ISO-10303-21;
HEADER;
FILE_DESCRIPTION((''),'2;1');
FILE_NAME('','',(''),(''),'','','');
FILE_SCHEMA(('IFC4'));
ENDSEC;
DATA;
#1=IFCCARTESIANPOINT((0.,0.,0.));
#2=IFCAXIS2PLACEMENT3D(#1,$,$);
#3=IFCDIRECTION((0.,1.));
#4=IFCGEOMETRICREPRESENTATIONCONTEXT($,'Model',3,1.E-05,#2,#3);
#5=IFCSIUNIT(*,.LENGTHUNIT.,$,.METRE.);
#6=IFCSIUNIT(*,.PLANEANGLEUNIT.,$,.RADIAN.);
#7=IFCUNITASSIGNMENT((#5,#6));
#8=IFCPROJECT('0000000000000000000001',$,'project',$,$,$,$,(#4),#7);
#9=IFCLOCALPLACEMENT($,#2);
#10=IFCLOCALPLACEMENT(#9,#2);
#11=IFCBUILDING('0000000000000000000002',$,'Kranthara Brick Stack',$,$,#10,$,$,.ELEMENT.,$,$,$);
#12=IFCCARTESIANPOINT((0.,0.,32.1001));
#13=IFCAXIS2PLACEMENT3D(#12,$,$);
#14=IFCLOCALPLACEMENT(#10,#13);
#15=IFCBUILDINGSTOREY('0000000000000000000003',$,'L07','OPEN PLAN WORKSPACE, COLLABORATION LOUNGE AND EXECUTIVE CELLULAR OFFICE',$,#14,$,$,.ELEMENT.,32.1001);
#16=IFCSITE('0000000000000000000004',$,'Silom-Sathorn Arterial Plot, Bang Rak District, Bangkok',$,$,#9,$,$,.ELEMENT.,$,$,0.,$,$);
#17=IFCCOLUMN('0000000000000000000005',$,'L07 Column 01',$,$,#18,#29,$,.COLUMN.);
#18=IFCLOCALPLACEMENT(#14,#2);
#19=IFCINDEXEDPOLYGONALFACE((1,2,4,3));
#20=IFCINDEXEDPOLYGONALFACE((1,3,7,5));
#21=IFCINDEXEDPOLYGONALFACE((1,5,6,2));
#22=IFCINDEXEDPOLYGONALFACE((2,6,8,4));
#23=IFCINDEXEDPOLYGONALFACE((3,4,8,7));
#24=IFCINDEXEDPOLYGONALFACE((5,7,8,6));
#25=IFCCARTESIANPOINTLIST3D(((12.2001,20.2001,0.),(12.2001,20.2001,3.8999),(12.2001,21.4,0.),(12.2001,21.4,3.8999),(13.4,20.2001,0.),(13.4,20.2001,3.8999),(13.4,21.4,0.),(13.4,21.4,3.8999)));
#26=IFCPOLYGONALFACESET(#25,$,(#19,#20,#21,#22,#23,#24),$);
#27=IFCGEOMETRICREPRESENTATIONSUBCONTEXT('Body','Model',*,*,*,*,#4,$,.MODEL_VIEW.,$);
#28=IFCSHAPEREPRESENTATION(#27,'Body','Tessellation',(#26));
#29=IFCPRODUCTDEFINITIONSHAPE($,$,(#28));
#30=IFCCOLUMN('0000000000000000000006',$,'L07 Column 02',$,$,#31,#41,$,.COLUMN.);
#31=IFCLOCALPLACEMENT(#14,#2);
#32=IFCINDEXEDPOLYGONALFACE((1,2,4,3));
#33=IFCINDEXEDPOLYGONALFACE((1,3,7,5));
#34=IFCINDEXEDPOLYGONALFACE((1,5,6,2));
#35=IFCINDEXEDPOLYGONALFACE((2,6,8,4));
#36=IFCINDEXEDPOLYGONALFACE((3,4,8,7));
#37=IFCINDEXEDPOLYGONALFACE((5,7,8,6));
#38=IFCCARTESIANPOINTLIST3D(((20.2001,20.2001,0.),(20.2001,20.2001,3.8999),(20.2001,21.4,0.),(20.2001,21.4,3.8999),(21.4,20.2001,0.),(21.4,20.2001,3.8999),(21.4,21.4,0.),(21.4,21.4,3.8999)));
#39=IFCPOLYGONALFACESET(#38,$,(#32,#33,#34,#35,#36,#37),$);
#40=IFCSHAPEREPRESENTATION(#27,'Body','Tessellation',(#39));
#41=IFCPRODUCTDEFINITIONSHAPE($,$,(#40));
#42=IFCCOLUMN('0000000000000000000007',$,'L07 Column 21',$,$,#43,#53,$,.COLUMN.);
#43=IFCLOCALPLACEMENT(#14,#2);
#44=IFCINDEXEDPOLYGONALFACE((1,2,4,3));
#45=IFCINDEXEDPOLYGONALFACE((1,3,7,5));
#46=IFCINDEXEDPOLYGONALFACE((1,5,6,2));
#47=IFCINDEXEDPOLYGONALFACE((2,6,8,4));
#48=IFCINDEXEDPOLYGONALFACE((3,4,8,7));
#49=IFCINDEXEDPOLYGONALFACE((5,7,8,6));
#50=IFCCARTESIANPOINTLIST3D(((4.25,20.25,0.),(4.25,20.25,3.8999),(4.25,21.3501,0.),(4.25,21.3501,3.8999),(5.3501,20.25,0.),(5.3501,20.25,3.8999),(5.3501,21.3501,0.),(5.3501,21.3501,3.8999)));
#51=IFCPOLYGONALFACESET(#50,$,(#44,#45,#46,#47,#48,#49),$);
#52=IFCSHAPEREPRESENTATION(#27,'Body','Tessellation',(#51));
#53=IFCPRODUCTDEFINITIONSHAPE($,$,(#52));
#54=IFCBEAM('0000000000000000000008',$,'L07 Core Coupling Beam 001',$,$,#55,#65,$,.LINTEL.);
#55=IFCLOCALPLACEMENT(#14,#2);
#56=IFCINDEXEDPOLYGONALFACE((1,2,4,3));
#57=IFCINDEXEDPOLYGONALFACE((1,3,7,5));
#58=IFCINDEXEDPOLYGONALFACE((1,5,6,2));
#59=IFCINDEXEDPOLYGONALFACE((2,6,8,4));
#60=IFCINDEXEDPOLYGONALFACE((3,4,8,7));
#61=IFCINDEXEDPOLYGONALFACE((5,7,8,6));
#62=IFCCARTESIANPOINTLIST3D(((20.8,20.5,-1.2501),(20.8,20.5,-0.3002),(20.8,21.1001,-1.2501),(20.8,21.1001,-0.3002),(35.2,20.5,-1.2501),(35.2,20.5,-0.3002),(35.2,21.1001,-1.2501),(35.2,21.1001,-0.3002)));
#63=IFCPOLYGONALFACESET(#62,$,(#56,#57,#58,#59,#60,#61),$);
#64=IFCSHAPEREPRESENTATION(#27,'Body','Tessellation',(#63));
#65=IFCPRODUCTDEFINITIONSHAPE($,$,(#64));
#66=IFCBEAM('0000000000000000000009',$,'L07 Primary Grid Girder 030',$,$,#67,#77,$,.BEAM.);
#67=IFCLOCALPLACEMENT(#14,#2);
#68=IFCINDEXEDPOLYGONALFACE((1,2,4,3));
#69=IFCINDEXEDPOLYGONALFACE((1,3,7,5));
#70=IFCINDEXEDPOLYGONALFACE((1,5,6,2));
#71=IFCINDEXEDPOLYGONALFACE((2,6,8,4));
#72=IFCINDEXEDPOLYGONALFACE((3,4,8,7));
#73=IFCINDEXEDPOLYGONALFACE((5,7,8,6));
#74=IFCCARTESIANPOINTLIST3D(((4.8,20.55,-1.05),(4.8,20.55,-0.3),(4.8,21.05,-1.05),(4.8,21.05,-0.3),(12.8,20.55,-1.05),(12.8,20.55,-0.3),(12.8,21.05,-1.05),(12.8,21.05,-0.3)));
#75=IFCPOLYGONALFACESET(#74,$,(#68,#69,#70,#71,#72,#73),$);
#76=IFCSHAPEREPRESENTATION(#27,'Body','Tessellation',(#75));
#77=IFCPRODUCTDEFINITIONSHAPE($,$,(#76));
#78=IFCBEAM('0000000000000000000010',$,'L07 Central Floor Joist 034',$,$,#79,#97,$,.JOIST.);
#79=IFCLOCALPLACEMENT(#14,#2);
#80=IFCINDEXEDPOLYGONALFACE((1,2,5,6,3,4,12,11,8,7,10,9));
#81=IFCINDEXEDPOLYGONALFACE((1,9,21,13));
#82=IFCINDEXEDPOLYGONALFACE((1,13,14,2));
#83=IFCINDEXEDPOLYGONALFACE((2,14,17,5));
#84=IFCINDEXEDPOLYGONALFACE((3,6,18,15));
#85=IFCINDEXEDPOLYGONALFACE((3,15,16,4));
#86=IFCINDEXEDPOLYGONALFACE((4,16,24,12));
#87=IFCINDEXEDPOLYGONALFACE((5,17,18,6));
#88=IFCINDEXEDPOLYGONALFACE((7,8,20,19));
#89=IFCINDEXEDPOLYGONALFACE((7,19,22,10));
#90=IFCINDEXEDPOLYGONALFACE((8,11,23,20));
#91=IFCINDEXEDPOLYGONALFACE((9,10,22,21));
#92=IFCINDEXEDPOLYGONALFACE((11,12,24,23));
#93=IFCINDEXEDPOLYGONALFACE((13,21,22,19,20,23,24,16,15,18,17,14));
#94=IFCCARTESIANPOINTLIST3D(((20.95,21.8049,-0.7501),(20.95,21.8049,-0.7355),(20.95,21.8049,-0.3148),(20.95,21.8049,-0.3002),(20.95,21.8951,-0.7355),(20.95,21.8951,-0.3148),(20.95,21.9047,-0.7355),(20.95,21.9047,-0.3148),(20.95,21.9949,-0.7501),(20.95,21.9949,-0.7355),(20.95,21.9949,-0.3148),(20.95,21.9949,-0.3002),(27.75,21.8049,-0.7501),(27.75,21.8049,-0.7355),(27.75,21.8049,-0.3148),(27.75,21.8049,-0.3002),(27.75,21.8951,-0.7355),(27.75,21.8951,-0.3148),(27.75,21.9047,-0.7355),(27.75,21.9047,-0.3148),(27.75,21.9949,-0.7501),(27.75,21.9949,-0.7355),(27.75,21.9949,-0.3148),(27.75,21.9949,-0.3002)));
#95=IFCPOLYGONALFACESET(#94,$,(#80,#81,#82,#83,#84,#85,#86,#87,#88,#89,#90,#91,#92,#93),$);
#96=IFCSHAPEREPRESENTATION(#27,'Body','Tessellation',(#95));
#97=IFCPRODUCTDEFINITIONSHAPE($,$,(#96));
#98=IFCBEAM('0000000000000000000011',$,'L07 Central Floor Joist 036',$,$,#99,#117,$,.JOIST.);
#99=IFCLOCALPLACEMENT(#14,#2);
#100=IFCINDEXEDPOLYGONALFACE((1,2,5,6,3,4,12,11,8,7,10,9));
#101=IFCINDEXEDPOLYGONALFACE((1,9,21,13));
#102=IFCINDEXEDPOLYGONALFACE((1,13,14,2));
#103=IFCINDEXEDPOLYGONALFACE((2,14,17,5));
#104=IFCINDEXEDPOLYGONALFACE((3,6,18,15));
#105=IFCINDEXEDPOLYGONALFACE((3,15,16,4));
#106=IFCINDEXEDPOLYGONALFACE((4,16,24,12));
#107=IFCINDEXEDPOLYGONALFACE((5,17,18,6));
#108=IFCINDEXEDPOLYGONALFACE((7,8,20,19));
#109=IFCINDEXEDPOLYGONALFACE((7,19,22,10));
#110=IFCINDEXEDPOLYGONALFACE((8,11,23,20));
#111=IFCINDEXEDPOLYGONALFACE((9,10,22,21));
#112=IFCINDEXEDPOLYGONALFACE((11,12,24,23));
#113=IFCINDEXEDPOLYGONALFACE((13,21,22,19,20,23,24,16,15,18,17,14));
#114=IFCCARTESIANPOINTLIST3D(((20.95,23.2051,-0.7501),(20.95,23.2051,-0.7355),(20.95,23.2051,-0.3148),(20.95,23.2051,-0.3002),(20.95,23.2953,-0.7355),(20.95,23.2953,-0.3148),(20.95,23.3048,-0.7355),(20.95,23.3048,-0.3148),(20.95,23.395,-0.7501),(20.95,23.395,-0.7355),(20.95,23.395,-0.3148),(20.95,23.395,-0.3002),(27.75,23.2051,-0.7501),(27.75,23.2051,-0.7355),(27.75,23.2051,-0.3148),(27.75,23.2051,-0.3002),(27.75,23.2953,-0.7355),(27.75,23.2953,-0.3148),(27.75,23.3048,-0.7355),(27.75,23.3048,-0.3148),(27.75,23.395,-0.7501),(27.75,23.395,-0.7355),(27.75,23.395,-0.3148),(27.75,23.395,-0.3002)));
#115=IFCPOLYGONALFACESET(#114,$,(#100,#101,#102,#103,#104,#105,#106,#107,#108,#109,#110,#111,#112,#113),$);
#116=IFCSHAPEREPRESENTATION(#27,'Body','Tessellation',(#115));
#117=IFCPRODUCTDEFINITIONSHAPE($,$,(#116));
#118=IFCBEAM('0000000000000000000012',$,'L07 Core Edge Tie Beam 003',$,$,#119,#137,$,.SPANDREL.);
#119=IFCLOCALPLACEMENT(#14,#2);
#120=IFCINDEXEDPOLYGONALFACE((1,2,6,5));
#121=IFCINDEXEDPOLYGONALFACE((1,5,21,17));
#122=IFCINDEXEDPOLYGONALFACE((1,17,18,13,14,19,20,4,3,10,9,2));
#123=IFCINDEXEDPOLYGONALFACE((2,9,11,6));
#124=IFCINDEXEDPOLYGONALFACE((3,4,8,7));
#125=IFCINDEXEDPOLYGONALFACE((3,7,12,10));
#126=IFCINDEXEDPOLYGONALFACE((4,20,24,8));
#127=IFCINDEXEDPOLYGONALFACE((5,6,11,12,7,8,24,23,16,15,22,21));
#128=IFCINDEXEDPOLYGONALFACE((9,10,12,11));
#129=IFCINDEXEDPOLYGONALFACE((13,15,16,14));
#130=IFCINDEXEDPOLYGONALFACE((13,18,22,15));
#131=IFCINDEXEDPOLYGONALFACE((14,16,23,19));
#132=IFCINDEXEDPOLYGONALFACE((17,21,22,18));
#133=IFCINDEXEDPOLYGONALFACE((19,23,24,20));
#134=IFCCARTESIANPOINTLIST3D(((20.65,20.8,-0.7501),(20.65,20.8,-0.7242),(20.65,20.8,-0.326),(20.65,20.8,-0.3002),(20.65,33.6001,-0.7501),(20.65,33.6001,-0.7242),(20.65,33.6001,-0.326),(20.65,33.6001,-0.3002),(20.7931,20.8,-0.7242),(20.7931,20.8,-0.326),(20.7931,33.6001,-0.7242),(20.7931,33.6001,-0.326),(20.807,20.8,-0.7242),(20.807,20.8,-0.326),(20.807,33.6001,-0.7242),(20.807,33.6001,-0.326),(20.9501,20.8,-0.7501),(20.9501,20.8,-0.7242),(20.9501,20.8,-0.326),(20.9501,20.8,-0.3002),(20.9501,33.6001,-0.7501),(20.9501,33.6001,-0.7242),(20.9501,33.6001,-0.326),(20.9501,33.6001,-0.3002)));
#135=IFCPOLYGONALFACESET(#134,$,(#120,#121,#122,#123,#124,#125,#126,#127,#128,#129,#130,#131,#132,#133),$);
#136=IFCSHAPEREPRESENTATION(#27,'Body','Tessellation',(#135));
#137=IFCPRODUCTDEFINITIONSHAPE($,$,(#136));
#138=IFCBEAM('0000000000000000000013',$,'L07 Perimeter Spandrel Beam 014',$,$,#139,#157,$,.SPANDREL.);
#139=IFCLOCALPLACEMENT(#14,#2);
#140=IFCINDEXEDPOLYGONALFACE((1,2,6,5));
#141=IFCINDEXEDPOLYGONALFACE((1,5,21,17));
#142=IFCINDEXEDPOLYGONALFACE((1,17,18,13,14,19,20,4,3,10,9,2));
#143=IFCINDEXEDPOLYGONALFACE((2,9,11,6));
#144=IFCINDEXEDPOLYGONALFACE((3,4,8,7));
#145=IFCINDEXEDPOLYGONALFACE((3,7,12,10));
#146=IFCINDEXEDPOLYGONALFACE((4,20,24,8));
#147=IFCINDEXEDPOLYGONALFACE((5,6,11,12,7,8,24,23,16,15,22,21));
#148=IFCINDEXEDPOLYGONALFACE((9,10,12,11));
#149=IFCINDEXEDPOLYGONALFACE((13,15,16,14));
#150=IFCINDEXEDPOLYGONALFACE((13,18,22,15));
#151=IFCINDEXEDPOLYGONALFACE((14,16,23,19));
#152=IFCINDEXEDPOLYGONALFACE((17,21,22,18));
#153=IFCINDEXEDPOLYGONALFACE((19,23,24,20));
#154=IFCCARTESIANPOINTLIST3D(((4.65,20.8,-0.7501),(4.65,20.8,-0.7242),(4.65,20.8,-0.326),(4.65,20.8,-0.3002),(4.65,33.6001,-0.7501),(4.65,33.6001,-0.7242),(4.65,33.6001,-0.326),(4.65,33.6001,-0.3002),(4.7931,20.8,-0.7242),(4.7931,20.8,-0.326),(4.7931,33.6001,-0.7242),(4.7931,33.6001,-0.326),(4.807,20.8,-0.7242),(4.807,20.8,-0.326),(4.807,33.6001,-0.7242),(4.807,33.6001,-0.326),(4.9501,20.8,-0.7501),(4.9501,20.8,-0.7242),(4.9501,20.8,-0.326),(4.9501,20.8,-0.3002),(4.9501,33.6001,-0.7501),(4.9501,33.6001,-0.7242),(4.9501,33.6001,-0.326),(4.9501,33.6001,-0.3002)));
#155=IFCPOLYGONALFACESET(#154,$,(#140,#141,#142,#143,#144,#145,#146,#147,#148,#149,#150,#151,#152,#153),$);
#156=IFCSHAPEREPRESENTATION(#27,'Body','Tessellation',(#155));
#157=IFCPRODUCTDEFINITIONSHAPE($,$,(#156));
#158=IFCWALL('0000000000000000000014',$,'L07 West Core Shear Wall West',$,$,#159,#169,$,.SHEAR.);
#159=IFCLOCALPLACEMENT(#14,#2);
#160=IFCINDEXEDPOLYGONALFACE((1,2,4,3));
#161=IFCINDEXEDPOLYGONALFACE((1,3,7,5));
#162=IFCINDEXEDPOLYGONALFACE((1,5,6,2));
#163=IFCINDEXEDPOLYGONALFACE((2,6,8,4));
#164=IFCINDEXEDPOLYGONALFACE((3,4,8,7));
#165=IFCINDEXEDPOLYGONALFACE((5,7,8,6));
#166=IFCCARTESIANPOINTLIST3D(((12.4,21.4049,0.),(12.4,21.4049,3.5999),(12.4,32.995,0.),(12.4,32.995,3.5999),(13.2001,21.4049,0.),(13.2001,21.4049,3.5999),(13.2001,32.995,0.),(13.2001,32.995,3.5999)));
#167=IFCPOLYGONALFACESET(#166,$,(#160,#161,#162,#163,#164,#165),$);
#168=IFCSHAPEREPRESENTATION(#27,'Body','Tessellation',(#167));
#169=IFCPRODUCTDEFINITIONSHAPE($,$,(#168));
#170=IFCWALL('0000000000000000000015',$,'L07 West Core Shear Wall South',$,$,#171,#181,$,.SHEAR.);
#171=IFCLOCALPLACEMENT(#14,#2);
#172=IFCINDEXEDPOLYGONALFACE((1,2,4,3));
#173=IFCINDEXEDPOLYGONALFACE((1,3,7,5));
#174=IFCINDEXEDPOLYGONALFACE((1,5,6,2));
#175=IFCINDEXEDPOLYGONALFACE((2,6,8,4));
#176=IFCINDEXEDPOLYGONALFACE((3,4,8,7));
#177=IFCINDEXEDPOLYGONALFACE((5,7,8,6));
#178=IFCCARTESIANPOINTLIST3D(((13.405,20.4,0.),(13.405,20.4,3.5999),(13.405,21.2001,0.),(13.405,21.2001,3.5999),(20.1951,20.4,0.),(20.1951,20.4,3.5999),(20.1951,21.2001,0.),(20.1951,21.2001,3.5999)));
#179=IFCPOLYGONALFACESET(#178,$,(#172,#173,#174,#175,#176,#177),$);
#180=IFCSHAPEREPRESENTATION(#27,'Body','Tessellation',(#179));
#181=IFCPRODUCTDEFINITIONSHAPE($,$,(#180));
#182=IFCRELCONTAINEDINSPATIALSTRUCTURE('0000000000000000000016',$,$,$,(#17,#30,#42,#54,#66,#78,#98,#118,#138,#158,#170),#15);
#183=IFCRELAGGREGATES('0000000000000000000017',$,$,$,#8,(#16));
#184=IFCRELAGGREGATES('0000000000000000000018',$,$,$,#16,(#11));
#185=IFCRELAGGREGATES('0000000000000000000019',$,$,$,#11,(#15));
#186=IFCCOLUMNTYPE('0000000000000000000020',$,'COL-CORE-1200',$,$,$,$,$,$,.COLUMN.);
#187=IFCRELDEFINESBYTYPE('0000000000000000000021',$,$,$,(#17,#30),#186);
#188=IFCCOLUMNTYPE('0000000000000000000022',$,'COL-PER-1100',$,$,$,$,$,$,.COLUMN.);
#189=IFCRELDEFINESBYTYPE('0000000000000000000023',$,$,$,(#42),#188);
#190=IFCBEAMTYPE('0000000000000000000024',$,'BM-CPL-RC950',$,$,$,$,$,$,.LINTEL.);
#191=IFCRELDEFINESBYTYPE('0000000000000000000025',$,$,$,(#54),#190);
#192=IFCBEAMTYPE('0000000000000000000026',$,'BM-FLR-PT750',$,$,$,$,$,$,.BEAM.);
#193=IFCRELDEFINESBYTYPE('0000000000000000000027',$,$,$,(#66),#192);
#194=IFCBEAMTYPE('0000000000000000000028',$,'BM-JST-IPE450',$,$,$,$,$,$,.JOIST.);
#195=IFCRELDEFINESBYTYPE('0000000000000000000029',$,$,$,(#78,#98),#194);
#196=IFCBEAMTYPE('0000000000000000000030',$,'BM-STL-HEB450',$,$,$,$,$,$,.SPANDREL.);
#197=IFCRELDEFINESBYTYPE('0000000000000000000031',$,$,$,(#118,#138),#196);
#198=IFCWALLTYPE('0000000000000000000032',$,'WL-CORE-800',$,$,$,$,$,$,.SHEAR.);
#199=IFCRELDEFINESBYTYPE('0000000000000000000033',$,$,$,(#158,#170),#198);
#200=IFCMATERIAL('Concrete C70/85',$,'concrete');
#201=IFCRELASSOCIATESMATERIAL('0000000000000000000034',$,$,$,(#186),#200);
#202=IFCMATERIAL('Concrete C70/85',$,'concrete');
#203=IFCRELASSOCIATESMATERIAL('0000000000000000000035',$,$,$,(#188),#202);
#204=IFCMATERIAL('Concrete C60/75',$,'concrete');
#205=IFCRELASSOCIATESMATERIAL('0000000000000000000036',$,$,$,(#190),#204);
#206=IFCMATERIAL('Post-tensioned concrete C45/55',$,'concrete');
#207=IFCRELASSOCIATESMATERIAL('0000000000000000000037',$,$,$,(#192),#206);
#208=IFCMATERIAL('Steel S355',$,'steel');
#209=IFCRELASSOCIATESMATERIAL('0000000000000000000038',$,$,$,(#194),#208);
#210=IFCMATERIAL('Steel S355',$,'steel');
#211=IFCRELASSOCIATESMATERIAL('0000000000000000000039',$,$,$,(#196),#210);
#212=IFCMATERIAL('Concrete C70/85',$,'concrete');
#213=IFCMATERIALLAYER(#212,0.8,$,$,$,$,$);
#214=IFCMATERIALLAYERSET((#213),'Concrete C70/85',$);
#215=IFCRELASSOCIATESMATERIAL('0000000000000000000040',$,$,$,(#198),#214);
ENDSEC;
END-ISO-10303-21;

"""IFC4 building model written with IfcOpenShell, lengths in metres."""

from ifc_helpers import new_model, si_unit, direction, frame, frame_2d, origin, origin_2d, place, context, subcontext, project, spatial, rectangle, i_section, extrude, material, layer, layer_set, material_profile, profile_set, type_object, element, save


model = new_model("IFC4")

# Units and contexts
model_context = context("Model", 3, precision=1e-05, world=origin(), true_north=direction((0.0, 1.0)))
body_context = subcontext(model_context, "Body", "Model", "MODEL_VIEW")
ifc_project = project(units=[si_unit("LENGTHUNIT", "METRE"), si_unit("PLANEANGLEUNIT", "RADIAN")], contexts=[model_context])

# Site, building, storey
site_placement = place(None, origin())
site = spatial("IfcSite", under=ifc_project, at=site_placement, Name="Silom-Sathorn Arterial Plot, Bang Rak District, Bangkok", CompositionType="ELEMENT", RefElevation=0.0)
building_placement = place(site_placement, origin())
building = spatial("IfcBuilding", under=site, at=building_placement, Name="Kranthara Brick Stack", CompositionType="ELEMENT")
storey_placement = place(building_placement, frame((0.0, 0.0, 32.1001)))
storey = spatial("IfcBuildingStorey", under=building, at=storey_placement, Name="L07", Description="OPEN PLAN WORKSPACE, COLLABORATION LOUNGE AND EXECUTIVE CELLULAR OFFICE", CompositionType="ELEMENT", Elevation=32.1001)

# Columns
ifc_material_1 = material(Name="Concrete C70/85", Category="concrete")
ifc_material_profile_1 = material_profile(ifc_material_1, rectangle(XDim=1.2, YDim=1.2, at=origin_2d()), Name="RC 1200x1200")
ifc_profile_set_1 = profile_set([ifc_material_profile_1], Name="Concrete C70/85")
column_type_1 = type_object("IfcColumnType", Name="COL-CORE-1200", PredefinedType="COLUMN", material=ifc_profile_set_1)
for number, where, z_axis, x_axis, name in (
    (1, (12.8, 20.8, 0.0), (0.0, 0.0, 1.0), (1.0, 0.0, 0.0), "L07 Column 01"),
    (2, (20.8, 20.8, 0.0), (0.0, 0.0, 1.0), (1.0, 0.0, 0.0), "L07 Column 02"),
):
    element("IfcColumn", number, at=place(storey_placement, frame(where, z_axis=z_axis, x_axis=x_axis)), inside=storey, type_object=column_type_1, Name=name, PredefinedType="COLUMN", context=body_context, shape_type="SweptSolid", body=[
        extrude(rectangle(XDim=1.2, YDim=1.2, at=origin_2d()), origin(), (0.0, 0.0, 1.0), 3.8999),
    ])
ifc_material_2 = material(Name="Concrete C70/85", Category="concrete")
ifc_material_profile_2 = material_profile(ifc_material_2, rectangle(XDim=1.1001, YDim=1.1001, at=origin_2d()), Name="RC 1100x1100")
ifc_profile_set_2 = profile_set([ifc_material_profile_2], Name="Concrete C70/85")
column_type_2 = type_object("IfcColumnType", Name="COL-PER-1100", PredefinedType="COLUMN", material=ifc_profile_set_2)
column_placement = place(storey_placement, frame((4.8, 20.8, 0.0), z_axis=(0.0, 0.0, 1.0), x_axis=(1.0, 0.0, 0.0)))
element("IfcColumn", 3, at=column_placement, inside=storey, type_object=column_type_2, Name="L07 Column 21", PredefinedType="COLUMN", context=body_context, shape_type="SweptSolid", body=[
    extrude(rectangle(XDim=1.1001, YDim=1.1001, at=origin_2d()), origin(), (0.0, 0.0, 1.0), 3.8999),
])

# Beams
ifc_material_3 = material(Name="Concrete C60/75", Category="concrete")
ifc_material_profile_3 = material_profile(ifc_material_3, rectangle(XDim=0.6001, YDim=0.95, at=origin_2d()), Name="RC 600x950")
ifc_profile_set_3 = profile_set([ifc_material_profile_3], Name="Concrete C60/75")
beam_type_1 = type_object("IfcBeamType", Name="BM-CPL-RC950", PredefinedType="LINTEL", material=ifc_profile_set_3)
beam_1_placement = place(storey_placement, frame((20.8, 20.8, -0.7751), z_axis=(1.0, 0.0, 0.0), x_axis=(0.0, 1.0, 0.0)))
element("IfcBeam", 4, at=beam_1_placement, inside=storey, type_object=beam_type_1, Name="L07 Core Coupling Beam 001", PredefinedType="LINTEL", context=body_context, shape_type="SweptSolid", body=[
    extrude(rectangle(XDim=0.6001, YDim=0.95, at=origin_2d()), origin(), (0.0, 0.0, 1.0), 14.3999),
])
ifc_material_4 = material(Name="Post-tensioned concrete C45/55", Category="concrete")
ifc_material_profile_4 = material_profile(ifc_material_4, rectangle(XDim=0.5, YDim=0.75, at=origin_2d()), Name="PT 500x750")
ifc_profile_set_4 = profile_set([ifc_material_profile_4], Name="Post-tensioned concrete C45/55")
beam_type_2 = type_object("IfcBeamType", Name="BM-FLR-PT750", PredefinedType="BEAM", material=ifc_profile_set_4)
beam_2_placement = place(storey_placement, frame((4.8, 20.8, -0.675), z_axis=(1.0, 0.0, 0.0), x_axis=(0.0, 1.0, 0.0)))
element("IfcBeam", 5, at=beam_2_placement, inside=storey, type_object=beam_type_2, Name="L07 Primary Grid Girder 030", PredefinedType="BEAM", context=body_context, shape_type="SweptSolid", body=[
    extrude(rectangle(XDim=0.5, YDim=0.75, at=origin_2d()), origin(), (0.0, 0.0, 1.0), 8.0),
])
ifc_material_5 = material(Name="Steel S355", Category="steel")
ifc_material_profile_5 = material_profile(ifc_material_5, i_section(OverallWidth=0.1899, OverallDepth=0.45, WebThickness=0.0095, FlangeThickness=0.0146, at=origin_2d()), Name="IPE 450")
ifc_profile_set_5 = profile_set([ifc_material_profile_5], Name="Steel S355")
beam_type_3 = type_object("IfcBeamType", Name="BM-JST-IPE450", PredefinedType="JOIST", material=ifc_profile_set_5)
for number, where, z_axis, x_axis, name in (
    (6, (20.95, 21.8999, -0.5251), (1.0, 0.0, 0.0), (0.0, 1.0, 0.0), "L07 Central Floor Joist 034"),
    (7, (20.95, 23.3, -0.5251), (1.0, 0.0, 0.0), (0.0, 1.0, 0.0), "L07 Central Floor Joist 036"),
):
    element("IfcBeam", number, at=place(storey_placement, frame(where, z_axis=z_axis, x_axis=x_axis)), inside=storey, type_object=beam_type_3, Name=name, PredefinedType="JOIST", context=body_context, shape_type="SweptSolid", body=[
        extrude(i_section(OverallWidth=0.1899, OverallDepth=0.45, WebThickness=0.0095, FlangeThickness=0.0146, at=origin_2d()), origin(), (0.0, 0.0, 1.0), 6.8),
    ])
ifc_material_6 = material(Name="Steel S355", Category="steel")
ifc_material_profile_6 = material_profile(ifc_material_6, i_section(OverallWidth=0.3, OverallDepth=0.45, WebThickness=0.0139, FlangeThickness=0.0259, at=origin_2d()), Name="HEB 450")
ifc_profile_set_6 = profile_set([ifc_material_profile_6], Name="Steel S355")
beam_type_4 = type_object("IfcBeamType", Name="BM-STL-HEB450", PredefinedType="SPANDREL", material=ifc_profile_set_6)
for number, where, z_axis, x_axis, name in (
    (8, (20.8, 20.8, -0.5251), (0.0, 1.0, 0.0), (-1.0, 0.0, 0.0), "L07 Core Edge Tie Beam 003"),
    (9, (4.8, 20.8, -0.5251), (0.0, 1.0, 0.0), (-1.0, 0.0, 0.0), "L07 Perimeter Spandrel Beam 014"),
):
    element("IfcBeam", number, at=place(storey_placement, frame(where, z_axis=z_axis, x_axis=x_axis)), inside=storey, type_object=beam_type_4, Name=name, PredefinedType="SPANDREL", context=body_context, shape_type="SweptSolid", body=[
        extrude(i_section(OverallWidth=0.3, OverallDepth=0.45, WebThickness=0.0139, FlangeThickness=0.0259, at=origin_2d()), origin(), (0.0, 0.0, 1.0), 12.8),
    ])

# Walls
ifc_material_7 = material(Name="Concrete C70/85", Category="concrete")
ifc_layer_1 = layer(ifc_material_7, 0.8)
ifc_layer_set_1 = layer_set([ifc_layer_1], Name="Concrete C70/85")
wall_type_1 = type_object("IfcWallType", Name="WL-CORE-800", PredefinedType="SHEAR", material=ifc_layer_set_1)
wall_1_placement = place(storey_placement, frame((12.8, 21.405, 0.0), z_axis=(0.0, 0.0, 1.0), x_axis=(0.0, 1.0, 0.0)))
element("IfcWall", 10, at=wall_1_placement, inside=storey, type_object=wall_type_1, Name="L07 West Core Shear Wall West", PredefinedType="SHEAR", context=body_context, shape_type="SweptSolid", body=[
    extrude(rectangle(XDim=11.5901, YDim=0.8, at=frame_2d((5.7949, 0.0))), origin(), (0.0, 0.0, 1.0), 3.5999),
])
wall_2_placement = place(storey_placement, frame((13.405, 20.8, 0.0), z_axis=(0.0, 0.0, 1.0), x_axis=(1.0, 0.0, 0.0)))
element("IfcWall", 11, at=wall_2_placement, inside=storey, type_object=wall_type_1, Name="L07 West Core Shear Wall South", PredefinedType="SHEAR", context=body_context, shape_type="SweptSolid", body=[
    extrude(rectangle(XDim=6.79, YDim=0.8, at=frame_2d((3.395, 0.0))), origin(), (0.0, 0.0, 1.0), 3.5999),
])

save(model, "model.ifc")
